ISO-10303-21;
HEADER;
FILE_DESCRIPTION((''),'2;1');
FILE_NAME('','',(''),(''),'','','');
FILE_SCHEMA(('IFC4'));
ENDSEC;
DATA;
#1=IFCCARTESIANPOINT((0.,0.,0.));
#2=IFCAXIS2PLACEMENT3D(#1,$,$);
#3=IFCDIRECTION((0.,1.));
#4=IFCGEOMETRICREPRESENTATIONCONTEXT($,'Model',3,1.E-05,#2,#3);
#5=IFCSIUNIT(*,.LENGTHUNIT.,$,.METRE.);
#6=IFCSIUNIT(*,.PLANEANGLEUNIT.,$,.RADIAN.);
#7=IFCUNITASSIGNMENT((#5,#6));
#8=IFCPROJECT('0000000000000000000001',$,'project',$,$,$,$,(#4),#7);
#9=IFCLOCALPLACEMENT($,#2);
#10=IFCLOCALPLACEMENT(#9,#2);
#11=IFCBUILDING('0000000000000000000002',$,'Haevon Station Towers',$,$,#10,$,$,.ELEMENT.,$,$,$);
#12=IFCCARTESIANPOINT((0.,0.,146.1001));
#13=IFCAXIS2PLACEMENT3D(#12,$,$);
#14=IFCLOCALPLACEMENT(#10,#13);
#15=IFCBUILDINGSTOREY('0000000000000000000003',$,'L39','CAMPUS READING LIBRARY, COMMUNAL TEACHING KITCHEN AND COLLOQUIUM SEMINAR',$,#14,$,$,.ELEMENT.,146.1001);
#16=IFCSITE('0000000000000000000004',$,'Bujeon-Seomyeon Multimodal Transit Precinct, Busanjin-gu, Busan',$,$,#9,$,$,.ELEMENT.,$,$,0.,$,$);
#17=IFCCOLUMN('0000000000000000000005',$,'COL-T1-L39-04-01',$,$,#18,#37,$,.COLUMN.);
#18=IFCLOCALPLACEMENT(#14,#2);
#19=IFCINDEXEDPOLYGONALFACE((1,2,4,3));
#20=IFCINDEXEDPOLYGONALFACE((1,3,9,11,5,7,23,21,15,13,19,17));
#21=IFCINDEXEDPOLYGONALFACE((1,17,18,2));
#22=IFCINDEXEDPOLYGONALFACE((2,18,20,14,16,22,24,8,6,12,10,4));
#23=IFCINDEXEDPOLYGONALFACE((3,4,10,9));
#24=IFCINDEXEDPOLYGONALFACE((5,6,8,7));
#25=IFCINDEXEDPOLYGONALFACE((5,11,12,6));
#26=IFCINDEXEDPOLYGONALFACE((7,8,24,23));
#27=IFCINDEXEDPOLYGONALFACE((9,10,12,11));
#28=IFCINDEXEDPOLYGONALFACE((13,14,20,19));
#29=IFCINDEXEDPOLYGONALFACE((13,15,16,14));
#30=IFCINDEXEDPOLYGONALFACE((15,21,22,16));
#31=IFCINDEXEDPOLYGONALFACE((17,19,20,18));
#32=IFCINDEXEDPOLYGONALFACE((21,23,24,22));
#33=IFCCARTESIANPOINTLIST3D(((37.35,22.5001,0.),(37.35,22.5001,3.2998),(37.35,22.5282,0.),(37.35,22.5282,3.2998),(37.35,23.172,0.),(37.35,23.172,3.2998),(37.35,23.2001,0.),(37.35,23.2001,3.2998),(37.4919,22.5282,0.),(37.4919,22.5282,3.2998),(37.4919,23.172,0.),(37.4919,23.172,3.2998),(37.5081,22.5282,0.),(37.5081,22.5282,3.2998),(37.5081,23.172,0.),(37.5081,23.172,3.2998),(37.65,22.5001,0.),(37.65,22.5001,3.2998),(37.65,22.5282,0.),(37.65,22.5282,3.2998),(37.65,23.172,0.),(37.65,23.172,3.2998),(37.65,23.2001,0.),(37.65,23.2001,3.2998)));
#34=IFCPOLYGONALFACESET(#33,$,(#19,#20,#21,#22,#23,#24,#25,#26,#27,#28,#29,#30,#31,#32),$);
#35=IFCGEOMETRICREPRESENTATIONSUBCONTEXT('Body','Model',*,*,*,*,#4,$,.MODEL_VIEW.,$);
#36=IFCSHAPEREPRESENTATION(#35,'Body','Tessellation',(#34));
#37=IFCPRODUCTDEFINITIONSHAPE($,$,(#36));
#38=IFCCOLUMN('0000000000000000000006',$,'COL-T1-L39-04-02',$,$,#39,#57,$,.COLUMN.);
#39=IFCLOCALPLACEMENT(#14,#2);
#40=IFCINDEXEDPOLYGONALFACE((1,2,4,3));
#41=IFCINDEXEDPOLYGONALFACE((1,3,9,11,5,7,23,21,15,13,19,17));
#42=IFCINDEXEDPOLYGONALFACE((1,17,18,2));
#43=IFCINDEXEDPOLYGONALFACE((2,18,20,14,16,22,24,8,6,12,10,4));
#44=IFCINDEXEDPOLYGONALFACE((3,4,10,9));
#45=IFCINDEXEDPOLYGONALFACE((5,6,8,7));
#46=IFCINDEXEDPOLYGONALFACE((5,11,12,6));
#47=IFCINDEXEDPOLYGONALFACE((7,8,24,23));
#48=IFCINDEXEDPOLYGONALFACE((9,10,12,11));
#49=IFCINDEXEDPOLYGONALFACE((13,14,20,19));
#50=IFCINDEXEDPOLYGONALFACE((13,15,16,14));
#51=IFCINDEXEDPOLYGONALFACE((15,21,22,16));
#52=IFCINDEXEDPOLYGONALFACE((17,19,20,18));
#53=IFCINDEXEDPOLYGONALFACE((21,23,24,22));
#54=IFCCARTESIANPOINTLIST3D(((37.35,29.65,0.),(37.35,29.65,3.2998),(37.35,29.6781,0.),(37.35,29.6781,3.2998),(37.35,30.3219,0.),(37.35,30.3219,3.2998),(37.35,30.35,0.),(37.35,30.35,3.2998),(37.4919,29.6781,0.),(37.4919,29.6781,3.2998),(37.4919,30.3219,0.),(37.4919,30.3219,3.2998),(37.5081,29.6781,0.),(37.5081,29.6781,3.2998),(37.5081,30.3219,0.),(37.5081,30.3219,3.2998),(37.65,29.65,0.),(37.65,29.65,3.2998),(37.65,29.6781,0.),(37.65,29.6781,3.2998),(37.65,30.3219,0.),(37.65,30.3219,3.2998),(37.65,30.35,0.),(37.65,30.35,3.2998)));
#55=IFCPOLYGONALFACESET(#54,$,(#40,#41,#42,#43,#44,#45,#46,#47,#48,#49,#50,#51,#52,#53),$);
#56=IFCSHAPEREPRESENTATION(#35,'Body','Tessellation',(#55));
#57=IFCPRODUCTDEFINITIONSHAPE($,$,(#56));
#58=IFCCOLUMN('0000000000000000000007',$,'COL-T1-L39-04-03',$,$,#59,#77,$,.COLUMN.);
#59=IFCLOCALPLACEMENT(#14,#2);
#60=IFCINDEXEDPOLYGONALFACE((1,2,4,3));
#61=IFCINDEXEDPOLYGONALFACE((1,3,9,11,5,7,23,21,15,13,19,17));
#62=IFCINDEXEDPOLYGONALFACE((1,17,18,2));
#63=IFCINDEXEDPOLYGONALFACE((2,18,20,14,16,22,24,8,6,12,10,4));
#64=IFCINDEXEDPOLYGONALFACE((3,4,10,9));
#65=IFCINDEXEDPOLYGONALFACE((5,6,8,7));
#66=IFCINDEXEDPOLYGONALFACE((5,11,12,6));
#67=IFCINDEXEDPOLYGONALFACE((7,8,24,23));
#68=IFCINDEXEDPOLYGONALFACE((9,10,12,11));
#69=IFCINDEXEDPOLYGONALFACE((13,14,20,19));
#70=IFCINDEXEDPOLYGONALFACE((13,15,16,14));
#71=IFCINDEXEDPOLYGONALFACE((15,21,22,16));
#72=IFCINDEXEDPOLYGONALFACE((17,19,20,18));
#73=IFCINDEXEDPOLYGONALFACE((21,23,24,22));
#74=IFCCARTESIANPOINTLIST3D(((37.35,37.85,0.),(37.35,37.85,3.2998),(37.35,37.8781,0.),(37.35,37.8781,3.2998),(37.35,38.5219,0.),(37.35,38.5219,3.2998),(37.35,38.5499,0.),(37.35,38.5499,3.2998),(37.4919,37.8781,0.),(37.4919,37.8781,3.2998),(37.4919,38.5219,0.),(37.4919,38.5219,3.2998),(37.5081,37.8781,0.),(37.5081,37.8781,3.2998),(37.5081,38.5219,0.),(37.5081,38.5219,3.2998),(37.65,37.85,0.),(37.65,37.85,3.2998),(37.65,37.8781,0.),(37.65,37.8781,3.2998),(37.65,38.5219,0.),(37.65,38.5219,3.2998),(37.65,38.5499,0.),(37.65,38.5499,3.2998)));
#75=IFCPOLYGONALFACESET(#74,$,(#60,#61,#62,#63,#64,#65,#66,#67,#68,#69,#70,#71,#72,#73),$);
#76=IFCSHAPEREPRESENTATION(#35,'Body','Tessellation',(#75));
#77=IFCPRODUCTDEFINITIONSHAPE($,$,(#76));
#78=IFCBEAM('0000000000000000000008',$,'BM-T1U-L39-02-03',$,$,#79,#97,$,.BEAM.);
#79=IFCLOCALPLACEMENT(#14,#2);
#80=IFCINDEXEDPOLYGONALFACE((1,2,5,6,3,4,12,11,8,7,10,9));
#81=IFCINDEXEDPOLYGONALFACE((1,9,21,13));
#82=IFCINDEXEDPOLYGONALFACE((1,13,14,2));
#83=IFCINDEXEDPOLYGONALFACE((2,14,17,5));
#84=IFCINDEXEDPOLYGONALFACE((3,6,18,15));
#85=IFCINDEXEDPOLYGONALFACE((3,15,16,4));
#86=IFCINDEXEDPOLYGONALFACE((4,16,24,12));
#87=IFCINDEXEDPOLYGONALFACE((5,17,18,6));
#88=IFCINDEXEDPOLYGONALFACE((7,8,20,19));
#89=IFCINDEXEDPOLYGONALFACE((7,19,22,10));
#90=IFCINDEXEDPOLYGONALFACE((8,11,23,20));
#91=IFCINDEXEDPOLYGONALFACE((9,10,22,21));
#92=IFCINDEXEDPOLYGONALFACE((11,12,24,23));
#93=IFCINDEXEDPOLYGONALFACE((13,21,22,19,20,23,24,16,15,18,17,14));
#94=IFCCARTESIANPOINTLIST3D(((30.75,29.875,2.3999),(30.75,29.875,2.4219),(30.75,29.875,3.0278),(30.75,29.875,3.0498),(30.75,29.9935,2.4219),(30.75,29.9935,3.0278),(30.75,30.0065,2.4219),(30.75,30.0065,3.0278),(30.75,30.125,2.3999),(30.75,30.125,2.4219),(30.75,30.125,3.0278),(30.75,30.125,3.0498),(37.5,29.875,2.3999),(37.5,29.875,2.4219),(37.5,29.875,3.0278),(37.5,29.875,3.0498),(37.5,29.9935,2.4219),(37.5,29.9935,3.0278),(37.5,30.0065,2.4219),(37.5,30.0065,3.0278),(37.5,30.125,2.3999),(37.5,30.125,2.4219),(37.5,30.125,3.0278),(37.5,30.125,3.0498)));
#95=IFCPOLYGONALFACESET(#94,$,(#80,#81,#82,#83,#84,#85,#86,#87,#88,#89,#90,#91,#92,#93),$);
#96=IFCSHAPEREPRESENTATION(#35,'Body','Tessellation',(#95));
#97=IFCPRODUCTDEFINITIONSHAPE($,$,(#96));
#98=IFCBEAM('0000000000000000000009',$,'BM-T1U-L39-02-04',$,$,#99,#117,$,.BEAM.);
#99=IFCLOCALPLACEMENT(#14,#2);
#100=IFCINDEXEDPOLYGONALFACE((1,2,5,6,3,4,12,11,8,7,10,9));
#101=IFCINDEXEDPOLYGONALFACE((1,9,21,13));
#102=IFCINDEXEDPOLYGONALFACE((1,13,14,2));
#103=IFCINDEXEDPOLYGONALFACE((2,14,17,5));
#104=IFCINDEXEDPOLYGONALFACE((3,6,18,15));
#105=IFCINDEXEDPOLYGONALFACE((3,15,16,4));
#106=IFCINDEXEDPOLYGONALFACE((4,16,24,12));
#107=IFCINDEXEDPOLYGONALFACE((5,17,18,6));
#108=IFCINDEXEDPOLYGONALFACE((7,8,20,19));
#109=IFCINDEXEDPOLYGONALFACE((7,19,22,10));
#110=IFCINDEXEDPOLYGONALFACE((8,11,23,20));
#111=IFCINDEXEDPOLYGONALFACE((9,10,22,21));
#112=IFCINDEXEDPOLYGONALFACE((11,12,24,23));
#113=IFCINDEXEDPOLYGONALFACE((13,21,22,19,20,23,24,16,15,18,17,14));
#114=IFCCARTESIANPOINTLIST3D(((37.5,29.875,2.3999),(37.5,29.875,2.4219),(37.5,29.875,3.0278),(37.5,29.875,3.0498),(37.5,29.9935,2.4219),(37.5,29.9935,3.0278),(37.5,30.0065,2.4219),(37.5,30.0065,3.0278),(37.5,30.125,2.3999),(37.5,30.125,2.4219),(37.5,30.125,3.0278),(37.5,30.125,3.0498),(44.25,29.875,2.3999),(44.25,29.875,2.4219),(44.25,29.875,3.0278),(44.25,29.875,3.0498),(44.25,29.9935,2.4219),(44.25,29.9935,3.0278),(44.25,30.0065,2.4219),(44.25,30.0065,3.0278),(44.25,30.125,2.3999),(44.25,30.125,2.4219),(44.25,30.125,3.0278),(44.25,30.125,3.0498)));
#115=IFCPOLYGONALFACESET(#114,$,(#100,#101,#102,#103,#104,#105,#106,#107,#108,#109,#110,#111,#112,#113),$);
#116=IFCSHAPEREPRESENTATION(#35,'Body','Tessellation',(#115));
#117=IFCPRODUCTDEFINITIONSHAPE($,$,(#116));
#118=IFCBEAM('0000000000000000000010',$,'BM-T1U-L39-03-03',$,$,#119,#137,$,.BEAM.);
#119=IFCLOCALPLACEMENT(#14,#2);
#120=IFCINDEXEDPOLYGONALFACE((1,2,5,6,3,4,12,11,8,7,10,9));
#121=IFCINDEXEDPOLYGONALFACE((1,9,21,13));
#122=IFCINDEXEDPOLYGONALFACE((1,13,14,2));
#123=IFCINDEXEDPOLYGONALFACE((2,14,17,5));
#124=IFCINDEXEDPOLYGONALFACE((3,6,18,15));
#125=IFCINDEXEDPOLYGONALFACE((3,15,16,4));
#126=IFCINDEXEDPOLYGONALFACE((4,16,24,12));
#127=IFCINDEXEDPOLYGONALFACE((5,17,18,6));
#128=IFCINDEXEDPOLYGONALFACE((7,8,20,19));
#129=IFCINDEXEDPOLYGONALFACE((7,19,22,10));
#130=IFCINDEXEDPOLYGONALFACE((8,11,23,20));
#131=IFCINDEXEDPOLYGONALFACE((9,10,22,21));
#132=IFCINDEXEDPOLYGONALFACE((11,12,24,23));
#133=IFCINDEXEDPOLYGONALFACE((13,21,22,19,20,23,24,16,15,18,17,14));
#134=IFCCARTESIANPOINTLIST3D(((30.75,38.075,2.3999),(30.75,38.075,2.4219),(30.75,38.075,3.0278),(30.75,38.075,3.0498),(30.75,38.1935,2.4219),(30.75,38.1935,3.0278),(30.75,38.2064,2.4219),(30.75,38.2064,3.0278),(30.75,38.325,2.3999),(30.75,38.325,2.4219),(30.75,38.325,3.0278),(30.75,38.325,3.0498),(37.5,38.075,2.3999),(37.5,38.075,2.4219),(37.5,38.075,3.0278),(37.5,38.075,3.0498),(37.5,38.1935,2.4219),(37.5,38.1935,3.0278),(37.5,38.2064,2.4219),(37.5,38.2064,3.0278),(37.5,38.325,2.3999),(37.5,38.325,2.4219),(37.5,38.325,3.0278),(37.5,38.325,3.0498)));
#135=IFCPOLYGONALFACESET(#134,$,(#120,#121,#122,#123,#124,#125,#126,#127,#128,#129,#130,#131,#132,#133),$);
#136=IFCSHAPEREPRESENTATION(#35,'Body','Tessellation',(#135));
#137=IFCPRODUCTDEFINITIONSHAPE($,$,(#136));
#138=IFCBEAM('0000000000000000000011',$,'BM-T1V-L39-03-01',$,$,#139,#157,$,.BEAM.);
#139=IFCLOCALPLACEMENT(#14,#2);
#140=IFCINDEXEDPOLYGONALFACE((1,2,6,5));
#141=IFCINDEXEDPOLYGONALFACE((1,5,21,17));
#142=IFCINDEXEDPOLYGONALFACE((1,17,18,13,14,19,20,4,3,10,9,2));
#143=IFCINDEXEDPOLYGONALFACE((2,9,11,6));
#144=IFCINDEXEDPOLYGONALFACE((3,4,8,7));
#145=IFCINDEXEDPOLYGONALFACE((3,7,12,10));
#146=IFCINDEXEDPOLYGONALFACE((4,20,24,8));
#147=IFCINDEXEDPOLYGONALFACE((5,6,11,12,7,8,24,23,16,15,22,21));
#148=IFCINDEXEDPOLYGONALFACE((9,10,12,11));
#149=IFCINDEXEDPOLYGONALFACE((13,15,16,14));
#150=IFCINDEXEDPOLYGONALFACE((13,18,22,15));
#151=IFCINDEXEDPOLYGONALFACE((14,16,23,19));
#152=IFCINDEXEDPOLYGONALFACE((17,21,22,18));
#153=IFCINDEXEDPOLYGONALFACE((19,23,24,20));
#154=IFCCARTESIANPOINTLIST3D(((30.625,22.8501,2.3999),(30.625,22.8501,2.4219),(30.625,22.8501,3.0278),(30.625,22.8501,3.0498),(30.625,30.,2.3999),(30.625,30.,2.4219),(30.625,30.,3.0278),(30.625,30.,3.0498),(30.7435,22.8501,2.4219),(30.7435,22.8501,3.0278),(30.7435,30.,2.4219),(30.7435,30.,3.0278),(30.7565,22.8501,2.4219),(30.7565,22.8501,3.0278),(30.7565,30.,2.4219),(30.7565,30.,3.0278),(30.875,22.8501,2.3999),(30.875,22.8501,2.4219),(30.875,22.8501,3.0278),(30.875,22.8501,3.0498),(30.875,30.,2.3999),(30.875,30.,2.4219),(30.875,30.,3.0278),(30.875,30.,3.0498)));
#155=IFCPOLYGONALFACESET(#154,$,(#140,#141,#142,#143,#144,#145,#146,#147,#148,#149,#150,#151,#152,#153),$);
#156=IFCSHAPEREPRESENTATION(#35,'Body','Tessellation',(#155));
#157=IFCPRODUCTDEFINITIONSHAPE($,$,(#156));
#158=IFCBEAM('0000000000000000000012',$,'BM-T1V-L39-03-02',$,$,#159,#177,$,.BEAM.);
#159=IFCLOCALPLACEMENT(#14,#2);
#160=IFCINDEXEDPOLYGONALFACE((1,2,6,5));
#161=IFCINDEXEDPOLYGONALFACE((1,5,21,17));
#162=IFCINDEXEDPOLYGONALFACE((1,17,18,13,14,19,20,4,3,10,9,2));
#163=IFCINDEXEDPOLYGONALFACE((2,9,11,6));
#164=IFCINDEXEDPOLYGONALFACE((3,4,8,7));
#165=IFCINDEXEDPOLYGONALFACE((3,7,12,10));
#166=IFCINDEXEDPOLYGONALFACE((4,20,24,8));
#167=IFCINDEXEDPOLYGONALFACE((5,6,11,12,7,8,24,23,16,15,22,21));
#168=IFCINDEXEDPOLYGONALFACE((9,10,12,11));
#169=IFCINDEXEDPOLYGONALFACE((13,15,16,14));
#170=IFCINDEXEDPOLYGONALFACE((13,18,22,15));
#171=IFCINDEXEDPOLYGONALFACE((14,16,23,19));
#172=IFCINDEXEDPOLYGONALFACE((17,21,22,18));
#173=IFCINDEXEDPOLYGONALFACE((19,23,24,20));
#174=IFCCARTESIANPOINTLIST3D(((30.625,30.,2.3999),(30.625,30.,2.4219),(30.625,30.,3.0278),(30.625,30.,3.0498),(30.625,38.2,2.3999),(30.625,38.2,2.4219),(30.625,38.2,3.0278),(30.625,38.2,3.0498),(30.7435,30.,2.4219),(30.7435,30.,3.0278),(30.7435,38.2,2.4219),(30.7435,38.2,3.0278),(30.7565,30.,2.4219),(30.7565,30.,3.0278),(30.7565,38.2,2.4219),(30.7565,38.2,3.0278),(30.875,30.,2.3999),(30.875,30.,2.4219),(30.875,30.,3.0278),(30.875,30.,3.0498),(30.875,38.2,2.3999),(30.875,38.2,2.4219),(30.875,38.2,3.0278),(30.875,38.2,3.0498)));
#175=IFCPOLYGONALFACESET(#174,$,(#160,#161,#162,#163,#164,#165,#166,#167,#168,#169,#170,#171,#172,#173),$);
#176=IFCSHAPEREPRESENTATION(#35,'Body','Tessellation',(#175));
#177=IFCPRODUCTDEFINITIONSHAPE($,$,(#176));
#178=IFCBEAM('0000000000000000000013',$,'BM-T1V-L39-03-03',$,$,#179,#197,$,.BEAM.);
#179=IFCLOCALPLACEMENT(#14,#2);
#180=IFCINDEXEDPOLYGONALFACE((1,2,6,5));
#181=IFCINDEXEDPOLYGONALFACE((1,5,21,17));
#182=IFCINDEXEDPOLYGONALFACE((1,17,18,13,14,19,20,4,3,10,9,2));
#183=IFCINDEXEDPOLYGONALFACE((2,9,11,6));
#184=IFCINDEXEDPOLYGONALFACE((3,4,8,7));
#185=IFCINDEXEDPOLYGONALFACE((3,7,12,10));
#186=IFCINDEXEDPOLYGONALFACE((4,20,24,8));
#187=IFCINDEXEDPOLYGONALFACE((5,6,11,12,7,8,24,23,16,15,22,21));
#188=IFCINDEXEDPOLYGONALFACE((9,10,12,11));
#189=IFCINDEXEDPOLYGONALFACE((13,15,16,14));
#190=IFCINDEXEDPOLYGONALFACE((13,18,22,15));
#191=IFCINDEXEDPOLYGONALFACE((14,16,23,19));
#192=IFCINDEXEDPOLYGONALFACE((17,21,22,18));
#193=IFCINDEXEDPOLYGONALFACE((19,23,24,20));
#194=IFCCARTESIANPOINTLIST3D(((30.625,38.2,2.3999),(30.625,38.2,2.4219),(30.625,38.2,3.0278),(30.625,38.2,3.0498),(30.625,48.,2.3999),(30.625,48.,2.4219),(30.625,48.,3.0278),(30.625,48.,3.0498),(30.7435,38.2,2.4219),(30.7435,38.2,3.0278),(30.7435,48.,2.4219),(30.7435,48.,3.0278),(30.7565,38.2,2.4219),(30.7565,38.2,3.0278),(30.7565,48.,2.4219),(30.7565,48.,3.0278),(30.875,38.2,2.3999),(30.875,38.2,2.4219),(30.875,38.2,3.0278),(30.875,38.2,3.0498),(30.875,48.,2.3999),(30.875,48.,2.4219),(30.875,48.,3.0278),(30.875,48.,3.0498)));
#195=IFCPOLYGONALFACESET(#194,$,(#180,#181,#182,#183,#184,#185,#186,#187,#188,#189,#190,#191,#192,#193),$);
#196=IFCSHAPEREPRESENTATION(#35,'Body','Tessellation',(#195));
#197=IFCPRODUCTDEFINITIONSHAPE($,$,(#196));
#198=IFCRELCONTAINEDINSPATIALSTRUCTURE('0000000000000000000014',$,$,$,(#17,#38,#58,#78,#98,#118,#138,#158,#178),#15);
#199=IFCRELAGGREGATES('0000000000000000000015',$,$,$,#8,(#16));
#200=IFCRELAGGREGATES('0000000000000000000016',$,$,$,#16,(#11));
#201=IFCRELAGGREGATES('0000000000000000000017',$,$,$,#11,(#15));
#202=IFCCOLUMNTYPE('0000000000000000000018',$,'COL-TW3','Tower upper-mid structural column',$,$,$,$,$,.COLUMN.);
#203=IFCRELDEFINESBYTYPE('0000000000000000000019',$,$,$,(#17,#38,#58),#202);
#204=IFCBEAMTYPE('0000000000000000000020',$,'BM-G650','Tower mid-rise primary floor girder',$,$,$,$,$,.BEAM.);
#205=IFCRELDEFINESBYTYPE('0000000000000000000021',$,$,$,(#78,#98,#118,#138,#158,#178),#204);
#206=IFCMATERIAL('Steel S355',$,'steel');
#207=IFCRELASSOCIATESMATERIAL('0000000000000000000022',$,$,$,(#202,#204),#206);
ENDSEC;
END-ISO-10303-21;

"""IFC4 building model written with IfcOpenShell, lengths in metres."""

from ifc_helpers import new_model, si_unit, direction, frame, origin, origin_2d, place, context, subcontext, project, spatial, i_section, extrude, material, material_profile, profile_set, type_object, element, save


model = new_model("IFC4")

# Units and contexts
model_context = context("Model", 3, precision=1e-05, world=origin(), true_north=direction((0.0, 1.0)))
body_context = subcontext(model_context, "Body", "Model", "MODEL_VIEW")
ifc_project = project(units=[si_unit("LENGTHUNIT", "METRE"), si_unit("PLANEANGLEUNIT", "RADIAN")], contexts=[model_context])

# Site, building, storey
site_placement = place(None, origin())
site = spatial("IfcSite", under=ifc_project, at=site_placement, Name="Bujeon-Seomyeon Multimodal Transit Precinct, Busanjin-gu, Busan", CompositionType="ELEMENT", RefElevation=0.0)
building_placement = place(site_placement, origin())
building = spatial("IfcBuilding", under=site, at=building_placement, Name="Haevon Station Towers", CompositionType="ELEMENT")
storey_placement = place(building_placement, frame((0.0, 0.0, 146.1001)))
storey = spatial("IfcBuildingStorey", under=building, at=storey_placement, Name="L39", Description="CAMPUS READING LIBRARY, COMMUNAL TEACHING KITCHEN AND COLLOQUIUM SEMINAR", CompositionType="ELEMENT", Elevation=146.1001)

# Columns
ifc_material_1 = material(Name="Steel S355", Category="steel")
ifc_material_profile_1 = material_profile(ifc_material_1, i_section(OverallWidth=0.3, OverallDepth=0.7, WebThickness=0.0161, FlangeThickness=0.0281, at=origin_2d()), Name="H-700x300x16x28")
ifc_profile_set_1 = profile_set([ifc_material_profile_1], Name="Steel S355")
column_type = type_object("IfcColumnType", Name="COL-TW3", Description="Tower upper-mid structural column", PredefinedType="COLUMN", material=ifc_profile_set_1)
for number, where, z_axis, x_axis, name in (
    (1, (37.5, 22.8501, 0.0), (0.0, 0.0, 1.0), (1.0, 0.0, 0.0), "COL-T1-L39-04-01"),
    (2, (37.5, 30.0, 0.0), (0.0, 0.0, 1.0), (1.0, 0.0, 0.0), "COL-T1-L39-04-02"),
    (3, (37.5, 38.2, 0.0), (0.0, 0.0, 1.0), (1.0, 0.0, 0.0), "COL-T1-L39-04-03"),
):
    element("IfcColumn", number, at=place(storey_placement, frame(where, z_axis=z_axis, x_axis=x_axis)), inside=storey, type_object=column_type, Name=name, PredefinedType="COLUMN", context=body_context, shape_type="SweptSolid", body=[
        extrude(i_section(OverallWidth=0.3, OverallDepth=0.7, WebThickness=0.0161, FlangeThickness=0.0281, at=origin_2d()), origin(), (0.0, 0.0, 1.0), 3.2998),
    ])

# Beams
ifc_material_profile_2 = material_profile(ifc_material_1, i_section(OverallWidth=0.25, OverallDepth=0.6499, WebThickness=0.0129, FlangeThickness=0.022, at=origin_2d()), Name="H-650x250x13x22")
ifc_profile_set_2 = profile_set([ifc_material_profile_2], Name="Steel S355")
beam_type_1 = type_object("IfcBeamType", Name="BM-G650", Description="Tower mid-rise primary floor girder", PredefinedType="BEAM", material=ifc_profile_set_2)
for number, where, z_axis, x_axis, name in (
    (4, (30.75, 30.0, 2.7249), (1.0, 0.0, 0.0), (0.0, 1.0, 0.0), "BM-T1U-L39-02-03"),
    (5, (37.5, 30.0, 2.7249), (1.0, 0.0, 0.0), (0.0, 1.0, 0.0), "BM-T1U-L39-02-04"),
    (6, (30.75, 38.2, 2.7249), (1.0, 0.0, 0.0), (0.0, 1.0, 0.0), "BM-T1U-L39-03-03"),
):
    element("IfcBeam", number, at=place(storey_placement, frame(where, z_axis=z_axis, x_axis=x_axis)), inside=storey, type_object=beam_type_1, Name=name, PredefinedType="BEAM", context=body_context, shape_type="SweptSolid", body=[
        extrude(i_section(OverallWidth=0.25, OverallDepth=0.6499, WebThickness=0.0129, FlangeThickness=0.022, at=origin_2d()), origin(), (0.0, 0.0, 1.0), 6.75),
    ])
beam_1_placement = place(storey_placement, frame((30.75, 22.8501, 2.7249), z_axis=(0.0, 1.0, 0.0), x_axis=(-1.0, 0.0, 0.0)))
element("IfcBeam", 7, at=beam_1_placement, inside=storey, type_object=beam_type_1, Name="BM-T1V-L39-03-01", PredefinedType="BEAM", context=body_context, shape_type="SweptSolid", body=[
    extrude(i_section(OverallWidth=0.25, OverallDepth=0.6499, WebThickness=0.0129, FlangeThickness=0.022, at=origin_2d()), origin(), (0.0, 0.0, 1.0), 7.1499),
])
beam_2_placement = place(storey_placement, frame((30.75, 30.0, 2.7249), z_axis=(0.0, 1.0, 0.0), x_axis=(-1.0, 0.0, 0.0)))
element("IfcBeam", 8, at=beam_2_placement, inside=storey, type_object=beam_type_1, Name="BM-T1V-L39-03-02", PredefinedType="BEAM", context=body_context, shape_type="SweptSolid", body=[
    extrude(i_section(OverallWidth=0.25, OverallDepth=0.6499, WebThickness=0.0129, FlangeThickness=0.022, at=origin_2d()), origin(), (0.0, 0.0, 1.0), 8.2),
])
beam_3_placement = place(storey_placement, frame((30.75, 38.2, 2.7249), z_axis=(0.0, 1.0, 0.0), x_axis=(-1.0, 0.0, 0.0)))
element("IfcBeam", 9, at=beam_3_placement, inside=storey, type_object=beam_type_1, Name="BM-T1V-L39-03-03", PredefinedType="BEAM", context=body_context, shape_type="SweptSolid", body=[
    extrude(i_section(OverallWidth=0.25, OverallDepth=0.6499, WebThickness=0.0129, FlangeThickness=0.022, at=origin_2d()), origin(), (0.0, 0.0, 1.0), 9.8),
])

save(model, "model.ifc")
